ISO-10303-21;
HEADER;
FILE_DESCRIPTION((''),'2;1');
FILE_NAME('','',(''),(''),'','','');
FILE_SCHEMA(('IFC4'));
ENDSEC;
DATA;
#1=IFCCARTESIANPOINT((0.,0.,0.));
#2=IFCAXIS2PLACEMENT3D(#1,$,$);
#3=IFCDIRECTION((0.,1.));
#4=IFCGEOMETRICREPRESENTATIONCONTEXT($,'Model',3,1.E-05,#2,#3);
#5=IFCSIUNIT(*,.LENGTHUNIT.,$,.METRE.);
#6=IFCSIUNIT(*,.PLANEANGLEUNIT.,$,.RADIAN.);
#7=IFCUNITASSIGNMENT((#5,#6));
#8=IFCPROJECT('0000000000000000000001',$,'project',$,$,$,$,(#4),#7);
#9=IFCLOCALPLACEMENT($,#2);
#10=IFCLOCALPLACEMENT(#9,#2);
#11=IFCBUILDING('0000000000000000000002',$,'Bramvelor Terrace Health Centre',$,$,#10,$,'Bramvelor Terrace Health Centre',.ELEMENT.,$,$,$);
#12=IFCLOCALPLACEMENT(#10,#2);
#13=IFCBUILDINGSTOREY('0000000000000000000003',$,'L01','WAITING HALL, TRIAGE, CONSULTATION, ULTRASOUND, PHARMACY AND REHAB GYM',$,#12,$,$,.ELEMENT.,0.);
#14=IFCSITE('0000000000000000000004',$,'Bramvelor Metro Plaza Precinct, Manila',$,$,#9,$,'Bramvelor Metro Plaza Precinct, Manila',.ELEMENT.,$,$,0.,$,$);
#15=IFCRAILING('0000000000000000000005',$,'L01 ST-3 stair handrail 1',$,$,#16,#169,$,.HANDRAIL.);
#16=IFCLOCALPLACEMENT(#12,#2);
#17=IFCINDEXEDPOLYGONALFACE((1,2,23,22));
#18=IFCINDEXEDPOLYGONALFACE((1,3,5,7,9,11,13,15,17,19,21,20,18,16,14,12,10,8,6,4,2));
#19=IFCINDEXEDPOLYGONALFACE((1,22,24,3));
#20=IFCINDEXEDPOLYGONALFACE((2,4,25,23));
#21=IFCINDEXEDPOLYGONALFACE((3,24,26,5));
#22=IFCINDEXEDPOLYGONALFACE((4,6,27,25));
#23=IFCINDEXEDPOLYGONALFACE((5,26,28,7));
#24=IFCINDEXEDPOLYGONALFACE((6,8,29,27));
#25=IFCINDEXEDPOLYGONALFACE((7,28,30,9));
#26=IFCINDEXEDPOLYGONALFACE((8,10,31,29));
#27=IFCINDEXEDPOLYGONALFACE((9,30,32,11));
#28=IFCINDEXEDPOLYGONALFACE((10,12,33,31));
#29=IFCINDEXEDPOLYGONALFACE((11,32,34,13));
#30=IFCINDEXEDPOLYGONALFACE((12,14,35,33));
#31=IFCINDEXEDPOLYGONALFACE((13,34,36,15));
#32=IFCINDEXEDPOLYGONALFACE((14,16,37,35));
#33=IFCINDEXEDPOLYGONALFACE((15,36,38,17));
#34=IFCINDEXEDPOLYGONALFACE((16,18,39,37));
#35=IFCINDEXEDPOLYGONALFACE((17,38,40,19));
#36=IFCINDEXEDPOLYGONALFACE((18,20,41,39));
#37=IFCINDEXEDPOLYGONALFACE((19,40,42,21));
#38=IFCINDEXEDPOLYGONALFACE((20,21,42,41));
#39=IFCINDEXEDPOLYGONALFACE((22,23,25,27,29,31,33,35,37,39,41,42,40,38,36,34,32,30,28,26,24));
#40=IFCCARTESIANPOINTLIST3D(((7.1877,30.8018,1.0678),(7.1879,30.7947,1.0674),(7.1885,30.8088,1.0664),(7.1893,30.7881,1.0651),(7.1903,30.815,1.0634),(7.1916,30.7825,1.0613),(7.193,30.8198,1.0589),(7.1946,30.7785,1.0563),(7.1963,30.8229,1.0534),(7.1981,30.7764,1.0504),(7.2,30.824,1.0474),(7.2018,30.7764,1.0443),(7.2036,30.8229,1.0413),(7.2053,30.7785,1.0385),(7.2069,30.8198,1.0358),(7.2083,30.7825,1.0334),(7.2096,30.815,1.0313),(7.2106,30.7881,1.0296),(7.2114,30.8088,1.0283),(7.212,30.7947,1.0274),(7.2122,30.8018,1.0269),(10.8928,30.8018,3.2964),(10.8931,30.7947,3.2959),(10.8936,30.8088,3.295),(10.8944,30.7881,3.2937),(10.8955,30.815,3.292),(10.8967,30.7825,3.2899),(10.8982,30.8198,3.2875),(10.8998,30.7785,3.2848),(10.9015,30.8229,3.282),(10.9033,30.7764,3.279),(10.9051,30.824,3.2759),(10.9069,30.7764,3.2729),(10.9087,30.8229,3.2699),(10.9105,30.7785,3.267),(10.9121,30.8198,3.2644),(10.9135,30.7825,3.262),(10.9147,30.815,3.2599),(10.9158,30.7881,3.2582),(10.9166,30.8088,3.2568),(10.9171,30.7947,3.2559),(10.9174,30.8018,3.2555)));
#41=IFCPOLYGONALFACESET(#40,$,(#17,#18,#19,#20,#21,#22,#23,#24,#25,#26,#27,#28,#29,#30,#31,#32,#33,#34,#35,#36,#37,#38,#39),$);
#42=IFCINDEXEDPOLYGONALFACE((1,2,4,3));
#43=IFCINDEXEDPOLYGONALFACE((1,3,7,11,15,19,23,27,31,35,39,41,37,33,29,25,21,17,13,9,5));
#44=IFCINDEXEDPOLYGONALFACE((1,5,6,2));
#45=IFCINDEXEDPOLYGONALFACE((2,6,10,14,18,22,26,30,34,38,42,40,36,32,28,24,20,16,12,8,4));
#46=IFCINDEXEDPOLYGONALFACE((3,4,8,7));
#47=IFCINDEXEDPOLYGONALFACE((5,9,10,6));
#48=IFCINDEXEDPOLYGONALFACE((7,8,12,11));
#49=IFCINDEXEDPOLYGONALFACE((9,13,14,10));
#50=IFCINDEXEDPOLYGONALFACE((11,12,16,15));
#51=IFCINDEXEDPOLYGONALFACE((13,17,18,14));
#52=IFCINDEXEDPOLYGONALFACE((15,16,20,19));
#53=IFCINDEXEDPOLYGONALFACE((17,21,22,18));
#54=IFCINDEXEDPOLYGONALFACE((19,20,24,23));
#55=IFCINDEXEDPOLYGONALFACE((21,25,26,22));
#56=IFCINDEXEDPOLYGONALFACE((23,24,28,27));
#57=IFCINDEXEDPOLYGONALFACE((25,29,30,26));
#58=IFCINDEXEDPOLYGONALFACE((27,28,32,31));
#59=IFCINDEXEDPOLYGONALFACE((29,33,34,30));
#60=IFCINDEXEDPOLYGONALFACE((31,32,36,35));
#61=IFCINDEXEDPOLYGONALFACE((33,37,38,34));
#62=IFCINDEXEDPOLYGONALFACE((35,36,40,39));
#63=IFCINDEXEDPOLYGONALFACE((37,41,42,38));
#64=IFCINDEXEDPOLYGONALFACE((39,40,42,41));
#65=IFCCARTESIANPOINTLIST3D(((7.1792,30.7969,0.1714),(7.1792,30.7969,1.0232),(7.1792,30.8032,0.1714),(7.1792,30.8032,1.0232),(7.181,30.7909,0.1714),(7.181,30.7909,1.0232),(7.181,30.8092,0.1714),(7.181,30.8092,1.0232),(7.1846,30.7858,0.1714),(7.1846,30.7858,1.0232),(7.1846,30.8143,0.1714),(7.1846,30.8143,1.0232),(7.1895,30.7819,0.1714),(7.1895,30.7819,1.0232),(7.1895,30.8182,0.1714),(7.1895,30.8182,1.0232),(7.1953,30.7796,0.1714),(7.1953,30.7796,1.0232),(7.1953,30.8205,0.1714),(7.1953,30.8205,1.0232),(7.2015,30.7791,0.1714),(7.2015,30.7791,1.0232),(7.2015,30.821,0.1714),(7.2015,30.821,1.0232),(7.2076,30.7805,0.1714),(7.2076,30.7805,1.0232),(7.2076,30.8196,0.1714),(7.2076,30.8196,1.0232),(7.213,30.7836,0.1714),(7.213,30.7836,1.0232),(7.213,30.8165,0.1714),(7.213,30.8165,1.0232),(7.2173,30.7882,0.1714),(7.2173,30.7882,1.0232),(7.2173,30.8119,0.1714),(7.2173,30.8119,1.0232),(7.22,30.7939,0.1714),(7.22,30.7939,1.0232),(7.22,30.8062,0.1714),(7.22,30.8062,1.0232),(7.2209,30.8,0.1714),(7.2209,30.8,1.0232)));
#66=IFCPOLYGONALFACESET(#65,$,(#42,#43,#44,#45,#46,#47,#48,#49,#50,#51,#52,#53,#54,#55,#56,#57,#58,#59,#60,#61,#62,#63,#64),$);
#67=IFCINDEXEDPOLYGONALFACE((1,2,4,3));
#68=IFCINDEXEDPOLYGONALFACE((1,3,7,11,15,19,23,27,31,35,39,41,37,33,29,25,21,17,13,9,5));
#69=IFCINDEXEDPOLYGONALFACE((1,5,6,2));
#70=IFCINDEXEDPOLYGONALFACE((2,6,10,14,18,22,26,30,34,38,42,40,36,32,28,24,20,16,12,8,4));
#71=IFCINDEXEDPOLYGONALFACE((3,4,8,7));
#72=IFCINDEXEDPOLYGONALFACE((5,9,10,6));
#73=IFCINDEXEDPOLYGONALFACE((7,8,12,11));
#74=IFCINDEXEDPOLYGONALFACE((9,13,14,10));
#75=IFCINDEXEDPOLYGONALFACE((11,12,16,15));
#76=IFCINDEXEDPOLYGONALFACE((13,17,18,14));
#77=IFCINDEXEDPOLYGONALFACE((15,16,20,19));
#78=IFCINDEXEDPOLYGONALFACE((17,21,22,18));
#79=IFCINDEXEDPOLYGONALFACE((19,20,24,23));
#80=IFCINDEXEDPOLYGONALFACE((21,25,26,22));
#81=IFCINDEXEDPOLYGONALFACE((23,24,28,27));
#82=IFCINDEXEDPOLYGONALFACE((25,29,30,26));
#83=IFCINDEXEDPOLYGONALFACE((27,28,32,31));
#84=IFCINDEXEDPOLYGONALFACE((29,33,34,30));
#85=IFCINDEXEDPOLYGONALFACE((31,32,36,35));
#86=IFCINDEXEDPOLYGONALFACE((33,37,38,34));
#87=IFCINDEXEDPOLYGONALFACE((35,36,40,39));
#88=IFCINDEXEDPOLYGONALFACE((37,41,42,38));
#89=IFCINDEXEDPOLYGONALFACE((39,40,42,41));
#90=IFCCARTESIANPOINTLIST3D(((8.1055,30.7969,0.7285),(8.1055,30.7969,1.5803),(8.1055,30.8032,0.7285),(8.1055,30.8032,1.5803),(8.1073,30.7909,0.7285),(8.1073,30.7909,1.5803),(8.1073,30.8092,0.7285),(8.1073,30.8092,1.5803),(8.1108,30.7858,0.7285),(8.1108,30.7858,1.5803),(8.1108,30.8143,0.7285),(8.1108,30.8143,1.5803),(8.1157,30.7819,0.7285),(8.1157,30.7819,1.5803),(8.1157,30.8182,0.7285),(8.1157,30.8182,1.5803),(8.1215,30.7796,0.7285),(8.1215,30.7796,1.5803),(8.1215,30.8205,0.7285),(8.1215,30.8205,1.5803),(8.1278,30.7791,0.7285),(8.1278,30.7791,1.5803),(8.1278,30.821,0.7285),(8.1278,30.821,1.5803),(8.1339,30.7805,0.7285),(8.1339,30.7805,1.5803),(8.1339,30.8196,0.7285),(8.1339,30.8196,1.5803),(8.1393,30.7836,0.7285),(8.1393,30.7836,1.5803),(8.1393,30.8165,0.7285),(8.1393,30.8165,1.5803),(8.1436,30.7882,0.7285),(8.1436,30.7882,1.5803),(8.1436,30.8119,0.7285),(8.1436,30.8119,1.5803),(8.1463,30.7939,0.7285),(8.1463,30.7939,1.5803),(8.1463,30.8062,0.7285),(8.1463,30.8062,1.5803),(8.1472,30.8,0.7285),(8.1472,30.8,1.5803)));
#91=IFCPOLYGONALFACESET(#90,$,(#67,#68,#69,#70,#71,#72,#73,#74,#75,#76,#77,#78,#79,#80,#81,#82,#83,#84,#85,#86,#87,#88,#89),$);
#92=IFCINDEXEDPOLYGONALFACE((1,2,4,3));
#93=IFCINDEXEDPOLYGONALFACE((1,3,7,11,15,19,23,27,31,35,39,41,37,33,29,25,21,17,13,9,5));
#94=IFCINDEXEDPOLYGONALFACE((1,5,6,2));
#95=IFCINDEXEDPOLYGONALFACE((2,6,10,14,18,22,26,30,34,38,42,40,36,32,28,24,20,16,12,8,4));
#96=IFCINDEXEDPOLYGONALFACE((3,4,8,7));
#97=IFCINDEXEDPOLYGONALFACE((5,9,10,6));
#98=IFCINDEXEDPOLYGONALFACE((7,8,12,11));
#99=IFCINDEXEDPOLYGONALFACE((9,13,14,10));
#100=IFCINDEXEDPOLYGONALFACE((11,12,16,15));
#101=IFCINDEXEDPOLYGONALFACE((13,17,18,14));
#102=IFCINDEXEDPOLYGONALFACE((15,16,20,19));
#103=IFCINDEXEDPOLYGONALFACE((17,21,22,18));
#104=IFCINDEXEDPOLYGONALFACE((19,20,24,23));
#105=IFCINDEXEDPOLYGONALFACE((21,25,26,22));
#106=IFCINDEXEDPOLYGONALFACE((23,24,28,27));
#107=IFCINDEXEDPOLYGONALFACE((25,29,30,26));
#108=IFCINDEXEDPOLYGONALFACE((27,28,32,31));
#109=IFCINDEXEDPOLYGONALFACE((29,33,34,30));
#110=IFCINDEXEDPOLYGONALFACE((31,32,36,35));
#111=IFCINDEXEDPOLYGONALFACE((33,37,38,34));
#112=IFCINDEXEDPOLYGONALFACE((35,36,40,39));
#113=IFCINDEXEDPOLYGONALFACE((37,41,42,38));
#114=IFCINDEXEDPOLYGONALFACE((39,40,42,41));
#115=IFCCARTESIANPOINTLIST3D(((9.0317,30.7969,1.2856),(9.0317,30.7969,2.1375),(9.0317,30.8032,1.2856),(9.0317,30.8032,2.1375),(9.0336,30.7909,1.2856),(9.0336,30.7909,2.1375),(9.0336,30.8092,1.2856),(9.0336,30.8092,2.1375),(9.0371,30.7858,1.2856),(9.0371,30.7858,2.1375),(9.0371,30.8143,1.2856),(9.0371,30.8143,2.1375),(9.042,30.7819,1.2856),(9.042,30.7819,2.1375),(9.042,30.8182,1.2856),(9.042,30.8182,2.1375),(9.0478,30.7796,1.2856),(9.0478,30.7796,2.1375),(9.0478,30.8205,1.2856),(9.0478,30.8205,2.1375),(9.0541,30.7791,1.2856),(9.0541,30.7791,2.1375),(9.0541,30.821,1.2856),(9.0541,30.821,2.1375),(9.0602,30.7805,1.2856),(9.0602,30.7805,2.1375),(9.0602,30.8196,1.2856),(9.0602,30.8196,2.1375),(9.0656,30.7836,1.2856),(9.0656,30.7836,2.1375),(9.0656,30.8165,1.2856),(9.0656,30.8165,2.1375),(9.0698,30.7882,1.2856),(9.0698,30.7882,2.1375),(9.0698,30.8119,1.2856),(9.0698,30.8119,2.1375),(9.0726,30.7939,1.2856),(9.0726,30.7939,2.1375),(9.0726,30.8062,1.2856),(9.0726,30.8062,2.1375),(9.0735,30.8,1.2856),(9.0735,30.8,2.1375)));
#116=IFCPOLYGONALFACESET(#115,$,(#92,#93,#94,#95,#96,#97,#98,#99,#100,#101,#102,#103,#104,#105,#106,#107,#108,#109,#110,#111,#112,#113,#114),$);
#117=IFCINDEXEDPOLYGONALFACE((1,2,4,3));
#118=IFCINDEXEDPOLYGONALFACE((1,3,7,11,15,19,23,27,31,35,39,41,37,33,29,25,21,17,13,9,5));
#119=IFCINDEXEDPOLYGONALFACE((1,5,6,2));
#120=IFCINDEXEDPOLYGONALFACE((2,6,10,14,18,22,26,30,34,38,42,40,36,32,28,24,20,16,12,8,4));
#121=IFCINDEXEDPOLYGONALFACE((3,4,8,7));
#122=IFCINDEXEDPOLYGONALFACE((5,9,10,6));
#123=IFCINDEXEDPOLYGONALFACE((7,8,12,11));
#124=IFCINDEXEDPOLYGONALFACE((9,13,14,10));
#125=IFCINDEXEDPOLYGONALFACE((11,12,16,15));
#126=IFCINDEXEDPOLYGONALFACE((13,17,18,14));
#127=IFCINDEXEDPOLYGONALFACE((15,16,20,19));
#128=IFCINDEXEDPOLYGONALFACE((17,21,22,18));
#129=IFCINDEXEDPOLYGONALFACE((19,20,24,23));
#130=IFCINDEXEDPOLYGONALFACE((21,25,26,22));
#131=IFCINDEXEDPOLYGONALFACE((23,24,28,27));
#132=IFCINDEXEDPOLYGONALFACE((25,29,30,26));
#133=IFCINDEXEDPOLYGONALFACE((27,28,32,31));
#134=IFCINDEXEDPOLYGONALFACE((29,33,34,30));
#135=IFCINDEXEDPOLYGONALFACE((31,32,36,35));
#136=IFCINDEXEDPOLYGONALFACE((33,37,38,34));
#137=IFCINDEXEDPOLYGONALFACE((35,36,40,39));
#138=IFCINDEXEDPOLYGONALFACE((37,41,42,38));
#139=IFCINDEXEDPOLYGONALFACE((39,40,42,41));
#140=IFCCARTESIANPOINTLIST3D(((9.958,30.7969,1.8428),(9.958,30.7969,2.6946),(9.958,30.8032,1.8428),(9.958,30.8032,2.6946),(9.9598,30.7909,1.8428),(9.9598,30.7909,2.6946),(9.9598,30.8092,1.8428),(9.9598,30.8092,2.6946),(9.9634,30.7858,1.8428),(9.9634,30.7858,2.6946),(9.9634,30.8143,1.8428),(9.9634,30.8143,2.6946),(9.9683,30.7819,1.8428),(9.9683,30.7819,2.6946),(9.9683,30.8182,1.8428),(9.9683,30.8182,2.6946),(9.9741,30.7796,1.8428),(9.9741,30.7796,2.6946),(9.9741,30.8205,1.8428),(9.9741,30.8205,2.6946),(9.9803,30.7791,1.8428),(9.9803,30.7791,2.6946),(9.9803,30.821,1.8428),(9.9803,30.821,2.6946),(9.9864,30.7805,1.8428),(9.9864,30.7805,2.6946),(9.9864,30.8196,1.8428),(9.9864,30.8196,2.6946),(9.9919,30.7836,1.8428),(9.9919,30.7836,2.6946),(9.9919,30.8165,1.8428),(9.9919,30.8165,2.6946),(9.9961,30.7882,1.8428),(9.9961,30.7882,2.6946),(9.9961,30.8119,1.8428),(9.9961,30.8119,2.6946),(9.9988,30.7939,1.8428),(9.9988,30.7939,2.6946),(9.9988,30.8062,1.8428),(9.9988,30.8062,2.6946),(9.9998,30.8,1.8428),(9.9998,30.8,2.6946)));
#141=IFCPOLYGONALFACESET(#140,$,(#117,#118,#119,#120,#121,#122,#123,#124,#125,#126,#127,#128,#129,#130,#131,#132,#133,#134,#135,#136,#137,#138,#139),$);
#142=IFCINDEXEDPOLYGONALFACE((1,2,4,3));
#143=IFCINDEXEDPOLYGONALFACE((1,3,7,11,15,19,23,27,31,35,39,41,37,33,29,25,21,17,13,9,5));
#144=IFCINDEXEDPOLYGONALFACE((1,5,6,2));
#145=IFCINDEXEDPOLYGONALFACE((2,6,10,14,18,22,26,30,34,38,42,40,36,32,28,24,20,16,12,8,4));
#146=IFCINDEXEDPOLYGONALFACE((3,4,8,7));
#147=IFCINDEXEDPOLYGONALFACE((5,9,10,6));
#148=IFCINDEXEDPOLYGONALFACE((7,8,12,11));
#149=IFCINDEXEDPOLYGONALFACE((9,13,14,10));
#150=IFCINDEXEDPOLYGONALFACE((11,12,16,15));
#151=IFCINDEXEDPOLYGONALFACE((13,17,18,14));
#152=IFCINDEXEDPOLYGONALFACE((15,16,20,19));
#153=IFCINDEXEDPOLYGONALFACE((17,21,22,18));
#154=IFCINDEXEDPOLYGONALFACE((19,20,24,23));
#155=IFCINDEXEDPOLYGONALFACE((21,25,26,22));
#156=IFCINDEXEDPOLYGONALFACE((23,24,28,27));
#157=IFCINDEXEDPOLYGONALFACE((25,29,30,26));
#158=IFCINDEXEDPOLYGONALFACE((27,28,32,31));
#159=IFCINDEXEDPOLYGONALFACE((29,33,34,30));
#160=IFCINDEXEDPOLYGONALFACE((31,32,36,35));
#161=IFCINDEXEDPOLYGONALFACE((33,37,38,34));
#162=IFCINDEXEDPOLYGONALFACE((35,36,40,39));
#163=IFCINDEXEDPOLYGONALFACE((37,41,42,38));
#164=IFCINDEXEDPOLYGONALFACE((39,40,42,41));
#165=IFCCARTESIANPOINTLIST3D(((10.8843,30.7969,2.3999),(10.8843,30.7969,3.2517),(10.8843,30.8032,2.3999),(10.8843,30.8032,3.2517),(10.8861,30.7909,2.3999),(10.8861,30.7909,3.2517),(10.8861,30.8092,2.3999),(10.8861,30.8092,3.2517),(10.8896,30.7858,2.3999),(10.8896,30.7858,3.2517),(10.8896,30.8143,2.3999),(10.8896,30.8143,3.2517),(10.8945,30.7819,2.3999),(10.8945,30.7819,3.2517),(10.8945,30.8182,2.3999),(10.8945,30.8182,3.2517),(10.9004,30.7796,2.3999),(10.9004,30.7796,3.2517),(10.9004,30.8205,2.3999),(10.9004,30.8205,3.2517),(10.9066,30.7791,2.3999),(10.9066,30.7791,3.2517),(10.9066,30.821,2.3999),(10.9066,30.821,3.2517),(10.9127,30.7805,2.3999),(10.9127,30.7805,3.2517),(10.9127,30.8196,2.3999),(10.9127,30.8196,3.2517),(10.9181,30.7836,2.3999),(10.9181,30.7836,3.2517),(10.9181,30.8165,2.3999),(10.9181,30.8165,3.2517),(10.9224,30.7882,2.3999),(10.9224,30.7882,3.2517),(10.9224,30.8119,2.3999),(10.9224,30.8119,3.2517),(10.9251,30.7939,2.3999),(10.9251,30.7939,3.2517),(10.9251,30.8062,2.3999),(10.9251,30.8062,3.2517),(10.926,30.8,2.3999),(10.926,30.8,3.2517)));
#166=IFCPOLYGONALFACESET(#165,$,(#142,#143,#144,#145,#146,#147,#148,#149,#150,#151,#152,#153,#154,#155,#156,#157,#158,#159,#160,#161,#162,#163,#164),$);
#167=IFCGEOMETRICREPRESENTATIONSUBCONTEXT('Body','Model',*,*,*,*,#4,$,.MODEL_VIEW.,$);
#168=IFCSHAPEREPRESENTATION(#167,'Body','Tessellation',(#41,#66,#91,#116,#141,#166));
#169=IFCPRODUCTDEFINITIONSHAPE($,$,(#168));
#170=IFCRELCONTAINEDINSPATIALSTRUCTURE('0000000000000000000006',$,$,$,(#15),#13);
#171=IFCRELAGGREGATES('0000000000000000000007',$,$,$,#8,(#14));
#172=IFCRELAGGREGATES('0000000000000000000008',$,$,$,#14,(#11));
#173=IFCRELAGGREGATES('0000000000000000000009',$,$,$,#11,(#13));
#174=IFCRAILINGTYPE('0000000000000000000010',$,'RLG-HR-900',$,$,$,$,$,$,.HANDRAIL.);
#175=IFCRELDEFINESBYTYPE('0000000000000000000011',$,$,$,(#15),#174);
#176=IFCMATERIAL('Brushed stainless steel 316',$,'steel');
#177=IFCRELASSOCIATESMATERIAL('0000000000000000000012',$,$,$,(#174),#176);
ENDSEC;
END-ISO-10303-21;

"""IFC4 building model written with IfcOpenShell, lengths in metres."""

from ifc_helpers import new_model, si_unit, direction, frame, origin, origin_2d, place, context, subcontext, project, spatial, circle, extrude, material, type_object, element, save


model = new_model("IFC4")

# Units and contexts
model_context = context("Model", 3, precision=1e-05, world=origin(), true_north=direction((0.0, 1.0)))
body_context = subcontext(model_context, "Body", "Model", "MODEL_VIEW")
ifc_project = project(units=[si_unit("LENGTHUNIT", "METRE"), si_unit("PLANEANGLEUNIT", "RADIAN")], contexts=[model_context])

# Site, building, storey
site_placement = place(None, origin())
site = spatial("IfcSite", under=ifc_project, at=site_placement, Name="Bramvelor Metro Plaza Precinct, Manila", LongName="Bramvelor Metro Plaza Precinct, Manila", CompositionType="ELEMENT", RefElevation=0.0)
building_placement = place(site_placement, origin())
building = spatial("IfcBuilding", under=site, at=building_placement, Name="Bramvelor Terrace Health Centre", LongName="Bramvelor Terrace Health Centre", CompositionType="ELEMENT")
storey_placement = place(building_placement, origin())
storey = spatial("IfcBuildingStorey", under=building, at=storey_placement, Name="L01", Description="WAITING HALL, TRIAGE, CONSULTATION, ULTRASOUND, PHARMACY AND REHAB GYM", CompositionType="ELEMENT", Elevation=0.0)

# Railing
ifc_material_1 = material(Name="Brushed stainless steel 316", Category="steel")
railing_type_1 = type_object("IfcRailingType", Name="RLG-HR-900", PredefinedType="HANDRAIL", material=ifc_material_1)
railing_1_placement = place(storey_placement, frame((7.2, 30.8, 0.1714)))
element("IfcRailing", 1, at=railing_1_placement, inside=storey, type_object=railing_type_1, Name="L01 ST-3 stair handrail 1", PredefinedType="HANDRAIL", context=body_context, shape_type="SweptSolid", body=[
    extrude(circle(Radius=0.0239, at=origin_2d()), frame((0.0, 0.0, 0.876), z_axis=(0.856934, 0.0, 0.515425), x_axis=(0.0, 1.0, 0.0)), (0.0, 0.0, 1.0), 4.3237),
    extrude(circle(Radius=0.021, at=origin_2d()), origin(), (0.0, 0.0, 1.0), 0.8518),
    extrude(circle(Radius=0.021, at=origin_2d()), frame((0.9263, 0.0, 0.5571)), (0.0, 0.0, 1.0), 0.8518),
    extrude(circle(Radius=0.021, at=origin_2d()), frame((1.8525, 0.0, 1.1143)), (0.0, 0.0, 1.0), 0.8518),
    extrude(circle(Radius=0.021, at=origin_2d()), frame((2.7788, 0.0, 1.6714)), (0.0, 0.0, 1.0), 0.8518),
    extrude(circle(Radius=0.021, at=origin_2d()), frame((3.7051, 0.0, 2.2285)), (0.0, 0.0, 1.0), 0.8518),
])

save(model, "model.ifc")
